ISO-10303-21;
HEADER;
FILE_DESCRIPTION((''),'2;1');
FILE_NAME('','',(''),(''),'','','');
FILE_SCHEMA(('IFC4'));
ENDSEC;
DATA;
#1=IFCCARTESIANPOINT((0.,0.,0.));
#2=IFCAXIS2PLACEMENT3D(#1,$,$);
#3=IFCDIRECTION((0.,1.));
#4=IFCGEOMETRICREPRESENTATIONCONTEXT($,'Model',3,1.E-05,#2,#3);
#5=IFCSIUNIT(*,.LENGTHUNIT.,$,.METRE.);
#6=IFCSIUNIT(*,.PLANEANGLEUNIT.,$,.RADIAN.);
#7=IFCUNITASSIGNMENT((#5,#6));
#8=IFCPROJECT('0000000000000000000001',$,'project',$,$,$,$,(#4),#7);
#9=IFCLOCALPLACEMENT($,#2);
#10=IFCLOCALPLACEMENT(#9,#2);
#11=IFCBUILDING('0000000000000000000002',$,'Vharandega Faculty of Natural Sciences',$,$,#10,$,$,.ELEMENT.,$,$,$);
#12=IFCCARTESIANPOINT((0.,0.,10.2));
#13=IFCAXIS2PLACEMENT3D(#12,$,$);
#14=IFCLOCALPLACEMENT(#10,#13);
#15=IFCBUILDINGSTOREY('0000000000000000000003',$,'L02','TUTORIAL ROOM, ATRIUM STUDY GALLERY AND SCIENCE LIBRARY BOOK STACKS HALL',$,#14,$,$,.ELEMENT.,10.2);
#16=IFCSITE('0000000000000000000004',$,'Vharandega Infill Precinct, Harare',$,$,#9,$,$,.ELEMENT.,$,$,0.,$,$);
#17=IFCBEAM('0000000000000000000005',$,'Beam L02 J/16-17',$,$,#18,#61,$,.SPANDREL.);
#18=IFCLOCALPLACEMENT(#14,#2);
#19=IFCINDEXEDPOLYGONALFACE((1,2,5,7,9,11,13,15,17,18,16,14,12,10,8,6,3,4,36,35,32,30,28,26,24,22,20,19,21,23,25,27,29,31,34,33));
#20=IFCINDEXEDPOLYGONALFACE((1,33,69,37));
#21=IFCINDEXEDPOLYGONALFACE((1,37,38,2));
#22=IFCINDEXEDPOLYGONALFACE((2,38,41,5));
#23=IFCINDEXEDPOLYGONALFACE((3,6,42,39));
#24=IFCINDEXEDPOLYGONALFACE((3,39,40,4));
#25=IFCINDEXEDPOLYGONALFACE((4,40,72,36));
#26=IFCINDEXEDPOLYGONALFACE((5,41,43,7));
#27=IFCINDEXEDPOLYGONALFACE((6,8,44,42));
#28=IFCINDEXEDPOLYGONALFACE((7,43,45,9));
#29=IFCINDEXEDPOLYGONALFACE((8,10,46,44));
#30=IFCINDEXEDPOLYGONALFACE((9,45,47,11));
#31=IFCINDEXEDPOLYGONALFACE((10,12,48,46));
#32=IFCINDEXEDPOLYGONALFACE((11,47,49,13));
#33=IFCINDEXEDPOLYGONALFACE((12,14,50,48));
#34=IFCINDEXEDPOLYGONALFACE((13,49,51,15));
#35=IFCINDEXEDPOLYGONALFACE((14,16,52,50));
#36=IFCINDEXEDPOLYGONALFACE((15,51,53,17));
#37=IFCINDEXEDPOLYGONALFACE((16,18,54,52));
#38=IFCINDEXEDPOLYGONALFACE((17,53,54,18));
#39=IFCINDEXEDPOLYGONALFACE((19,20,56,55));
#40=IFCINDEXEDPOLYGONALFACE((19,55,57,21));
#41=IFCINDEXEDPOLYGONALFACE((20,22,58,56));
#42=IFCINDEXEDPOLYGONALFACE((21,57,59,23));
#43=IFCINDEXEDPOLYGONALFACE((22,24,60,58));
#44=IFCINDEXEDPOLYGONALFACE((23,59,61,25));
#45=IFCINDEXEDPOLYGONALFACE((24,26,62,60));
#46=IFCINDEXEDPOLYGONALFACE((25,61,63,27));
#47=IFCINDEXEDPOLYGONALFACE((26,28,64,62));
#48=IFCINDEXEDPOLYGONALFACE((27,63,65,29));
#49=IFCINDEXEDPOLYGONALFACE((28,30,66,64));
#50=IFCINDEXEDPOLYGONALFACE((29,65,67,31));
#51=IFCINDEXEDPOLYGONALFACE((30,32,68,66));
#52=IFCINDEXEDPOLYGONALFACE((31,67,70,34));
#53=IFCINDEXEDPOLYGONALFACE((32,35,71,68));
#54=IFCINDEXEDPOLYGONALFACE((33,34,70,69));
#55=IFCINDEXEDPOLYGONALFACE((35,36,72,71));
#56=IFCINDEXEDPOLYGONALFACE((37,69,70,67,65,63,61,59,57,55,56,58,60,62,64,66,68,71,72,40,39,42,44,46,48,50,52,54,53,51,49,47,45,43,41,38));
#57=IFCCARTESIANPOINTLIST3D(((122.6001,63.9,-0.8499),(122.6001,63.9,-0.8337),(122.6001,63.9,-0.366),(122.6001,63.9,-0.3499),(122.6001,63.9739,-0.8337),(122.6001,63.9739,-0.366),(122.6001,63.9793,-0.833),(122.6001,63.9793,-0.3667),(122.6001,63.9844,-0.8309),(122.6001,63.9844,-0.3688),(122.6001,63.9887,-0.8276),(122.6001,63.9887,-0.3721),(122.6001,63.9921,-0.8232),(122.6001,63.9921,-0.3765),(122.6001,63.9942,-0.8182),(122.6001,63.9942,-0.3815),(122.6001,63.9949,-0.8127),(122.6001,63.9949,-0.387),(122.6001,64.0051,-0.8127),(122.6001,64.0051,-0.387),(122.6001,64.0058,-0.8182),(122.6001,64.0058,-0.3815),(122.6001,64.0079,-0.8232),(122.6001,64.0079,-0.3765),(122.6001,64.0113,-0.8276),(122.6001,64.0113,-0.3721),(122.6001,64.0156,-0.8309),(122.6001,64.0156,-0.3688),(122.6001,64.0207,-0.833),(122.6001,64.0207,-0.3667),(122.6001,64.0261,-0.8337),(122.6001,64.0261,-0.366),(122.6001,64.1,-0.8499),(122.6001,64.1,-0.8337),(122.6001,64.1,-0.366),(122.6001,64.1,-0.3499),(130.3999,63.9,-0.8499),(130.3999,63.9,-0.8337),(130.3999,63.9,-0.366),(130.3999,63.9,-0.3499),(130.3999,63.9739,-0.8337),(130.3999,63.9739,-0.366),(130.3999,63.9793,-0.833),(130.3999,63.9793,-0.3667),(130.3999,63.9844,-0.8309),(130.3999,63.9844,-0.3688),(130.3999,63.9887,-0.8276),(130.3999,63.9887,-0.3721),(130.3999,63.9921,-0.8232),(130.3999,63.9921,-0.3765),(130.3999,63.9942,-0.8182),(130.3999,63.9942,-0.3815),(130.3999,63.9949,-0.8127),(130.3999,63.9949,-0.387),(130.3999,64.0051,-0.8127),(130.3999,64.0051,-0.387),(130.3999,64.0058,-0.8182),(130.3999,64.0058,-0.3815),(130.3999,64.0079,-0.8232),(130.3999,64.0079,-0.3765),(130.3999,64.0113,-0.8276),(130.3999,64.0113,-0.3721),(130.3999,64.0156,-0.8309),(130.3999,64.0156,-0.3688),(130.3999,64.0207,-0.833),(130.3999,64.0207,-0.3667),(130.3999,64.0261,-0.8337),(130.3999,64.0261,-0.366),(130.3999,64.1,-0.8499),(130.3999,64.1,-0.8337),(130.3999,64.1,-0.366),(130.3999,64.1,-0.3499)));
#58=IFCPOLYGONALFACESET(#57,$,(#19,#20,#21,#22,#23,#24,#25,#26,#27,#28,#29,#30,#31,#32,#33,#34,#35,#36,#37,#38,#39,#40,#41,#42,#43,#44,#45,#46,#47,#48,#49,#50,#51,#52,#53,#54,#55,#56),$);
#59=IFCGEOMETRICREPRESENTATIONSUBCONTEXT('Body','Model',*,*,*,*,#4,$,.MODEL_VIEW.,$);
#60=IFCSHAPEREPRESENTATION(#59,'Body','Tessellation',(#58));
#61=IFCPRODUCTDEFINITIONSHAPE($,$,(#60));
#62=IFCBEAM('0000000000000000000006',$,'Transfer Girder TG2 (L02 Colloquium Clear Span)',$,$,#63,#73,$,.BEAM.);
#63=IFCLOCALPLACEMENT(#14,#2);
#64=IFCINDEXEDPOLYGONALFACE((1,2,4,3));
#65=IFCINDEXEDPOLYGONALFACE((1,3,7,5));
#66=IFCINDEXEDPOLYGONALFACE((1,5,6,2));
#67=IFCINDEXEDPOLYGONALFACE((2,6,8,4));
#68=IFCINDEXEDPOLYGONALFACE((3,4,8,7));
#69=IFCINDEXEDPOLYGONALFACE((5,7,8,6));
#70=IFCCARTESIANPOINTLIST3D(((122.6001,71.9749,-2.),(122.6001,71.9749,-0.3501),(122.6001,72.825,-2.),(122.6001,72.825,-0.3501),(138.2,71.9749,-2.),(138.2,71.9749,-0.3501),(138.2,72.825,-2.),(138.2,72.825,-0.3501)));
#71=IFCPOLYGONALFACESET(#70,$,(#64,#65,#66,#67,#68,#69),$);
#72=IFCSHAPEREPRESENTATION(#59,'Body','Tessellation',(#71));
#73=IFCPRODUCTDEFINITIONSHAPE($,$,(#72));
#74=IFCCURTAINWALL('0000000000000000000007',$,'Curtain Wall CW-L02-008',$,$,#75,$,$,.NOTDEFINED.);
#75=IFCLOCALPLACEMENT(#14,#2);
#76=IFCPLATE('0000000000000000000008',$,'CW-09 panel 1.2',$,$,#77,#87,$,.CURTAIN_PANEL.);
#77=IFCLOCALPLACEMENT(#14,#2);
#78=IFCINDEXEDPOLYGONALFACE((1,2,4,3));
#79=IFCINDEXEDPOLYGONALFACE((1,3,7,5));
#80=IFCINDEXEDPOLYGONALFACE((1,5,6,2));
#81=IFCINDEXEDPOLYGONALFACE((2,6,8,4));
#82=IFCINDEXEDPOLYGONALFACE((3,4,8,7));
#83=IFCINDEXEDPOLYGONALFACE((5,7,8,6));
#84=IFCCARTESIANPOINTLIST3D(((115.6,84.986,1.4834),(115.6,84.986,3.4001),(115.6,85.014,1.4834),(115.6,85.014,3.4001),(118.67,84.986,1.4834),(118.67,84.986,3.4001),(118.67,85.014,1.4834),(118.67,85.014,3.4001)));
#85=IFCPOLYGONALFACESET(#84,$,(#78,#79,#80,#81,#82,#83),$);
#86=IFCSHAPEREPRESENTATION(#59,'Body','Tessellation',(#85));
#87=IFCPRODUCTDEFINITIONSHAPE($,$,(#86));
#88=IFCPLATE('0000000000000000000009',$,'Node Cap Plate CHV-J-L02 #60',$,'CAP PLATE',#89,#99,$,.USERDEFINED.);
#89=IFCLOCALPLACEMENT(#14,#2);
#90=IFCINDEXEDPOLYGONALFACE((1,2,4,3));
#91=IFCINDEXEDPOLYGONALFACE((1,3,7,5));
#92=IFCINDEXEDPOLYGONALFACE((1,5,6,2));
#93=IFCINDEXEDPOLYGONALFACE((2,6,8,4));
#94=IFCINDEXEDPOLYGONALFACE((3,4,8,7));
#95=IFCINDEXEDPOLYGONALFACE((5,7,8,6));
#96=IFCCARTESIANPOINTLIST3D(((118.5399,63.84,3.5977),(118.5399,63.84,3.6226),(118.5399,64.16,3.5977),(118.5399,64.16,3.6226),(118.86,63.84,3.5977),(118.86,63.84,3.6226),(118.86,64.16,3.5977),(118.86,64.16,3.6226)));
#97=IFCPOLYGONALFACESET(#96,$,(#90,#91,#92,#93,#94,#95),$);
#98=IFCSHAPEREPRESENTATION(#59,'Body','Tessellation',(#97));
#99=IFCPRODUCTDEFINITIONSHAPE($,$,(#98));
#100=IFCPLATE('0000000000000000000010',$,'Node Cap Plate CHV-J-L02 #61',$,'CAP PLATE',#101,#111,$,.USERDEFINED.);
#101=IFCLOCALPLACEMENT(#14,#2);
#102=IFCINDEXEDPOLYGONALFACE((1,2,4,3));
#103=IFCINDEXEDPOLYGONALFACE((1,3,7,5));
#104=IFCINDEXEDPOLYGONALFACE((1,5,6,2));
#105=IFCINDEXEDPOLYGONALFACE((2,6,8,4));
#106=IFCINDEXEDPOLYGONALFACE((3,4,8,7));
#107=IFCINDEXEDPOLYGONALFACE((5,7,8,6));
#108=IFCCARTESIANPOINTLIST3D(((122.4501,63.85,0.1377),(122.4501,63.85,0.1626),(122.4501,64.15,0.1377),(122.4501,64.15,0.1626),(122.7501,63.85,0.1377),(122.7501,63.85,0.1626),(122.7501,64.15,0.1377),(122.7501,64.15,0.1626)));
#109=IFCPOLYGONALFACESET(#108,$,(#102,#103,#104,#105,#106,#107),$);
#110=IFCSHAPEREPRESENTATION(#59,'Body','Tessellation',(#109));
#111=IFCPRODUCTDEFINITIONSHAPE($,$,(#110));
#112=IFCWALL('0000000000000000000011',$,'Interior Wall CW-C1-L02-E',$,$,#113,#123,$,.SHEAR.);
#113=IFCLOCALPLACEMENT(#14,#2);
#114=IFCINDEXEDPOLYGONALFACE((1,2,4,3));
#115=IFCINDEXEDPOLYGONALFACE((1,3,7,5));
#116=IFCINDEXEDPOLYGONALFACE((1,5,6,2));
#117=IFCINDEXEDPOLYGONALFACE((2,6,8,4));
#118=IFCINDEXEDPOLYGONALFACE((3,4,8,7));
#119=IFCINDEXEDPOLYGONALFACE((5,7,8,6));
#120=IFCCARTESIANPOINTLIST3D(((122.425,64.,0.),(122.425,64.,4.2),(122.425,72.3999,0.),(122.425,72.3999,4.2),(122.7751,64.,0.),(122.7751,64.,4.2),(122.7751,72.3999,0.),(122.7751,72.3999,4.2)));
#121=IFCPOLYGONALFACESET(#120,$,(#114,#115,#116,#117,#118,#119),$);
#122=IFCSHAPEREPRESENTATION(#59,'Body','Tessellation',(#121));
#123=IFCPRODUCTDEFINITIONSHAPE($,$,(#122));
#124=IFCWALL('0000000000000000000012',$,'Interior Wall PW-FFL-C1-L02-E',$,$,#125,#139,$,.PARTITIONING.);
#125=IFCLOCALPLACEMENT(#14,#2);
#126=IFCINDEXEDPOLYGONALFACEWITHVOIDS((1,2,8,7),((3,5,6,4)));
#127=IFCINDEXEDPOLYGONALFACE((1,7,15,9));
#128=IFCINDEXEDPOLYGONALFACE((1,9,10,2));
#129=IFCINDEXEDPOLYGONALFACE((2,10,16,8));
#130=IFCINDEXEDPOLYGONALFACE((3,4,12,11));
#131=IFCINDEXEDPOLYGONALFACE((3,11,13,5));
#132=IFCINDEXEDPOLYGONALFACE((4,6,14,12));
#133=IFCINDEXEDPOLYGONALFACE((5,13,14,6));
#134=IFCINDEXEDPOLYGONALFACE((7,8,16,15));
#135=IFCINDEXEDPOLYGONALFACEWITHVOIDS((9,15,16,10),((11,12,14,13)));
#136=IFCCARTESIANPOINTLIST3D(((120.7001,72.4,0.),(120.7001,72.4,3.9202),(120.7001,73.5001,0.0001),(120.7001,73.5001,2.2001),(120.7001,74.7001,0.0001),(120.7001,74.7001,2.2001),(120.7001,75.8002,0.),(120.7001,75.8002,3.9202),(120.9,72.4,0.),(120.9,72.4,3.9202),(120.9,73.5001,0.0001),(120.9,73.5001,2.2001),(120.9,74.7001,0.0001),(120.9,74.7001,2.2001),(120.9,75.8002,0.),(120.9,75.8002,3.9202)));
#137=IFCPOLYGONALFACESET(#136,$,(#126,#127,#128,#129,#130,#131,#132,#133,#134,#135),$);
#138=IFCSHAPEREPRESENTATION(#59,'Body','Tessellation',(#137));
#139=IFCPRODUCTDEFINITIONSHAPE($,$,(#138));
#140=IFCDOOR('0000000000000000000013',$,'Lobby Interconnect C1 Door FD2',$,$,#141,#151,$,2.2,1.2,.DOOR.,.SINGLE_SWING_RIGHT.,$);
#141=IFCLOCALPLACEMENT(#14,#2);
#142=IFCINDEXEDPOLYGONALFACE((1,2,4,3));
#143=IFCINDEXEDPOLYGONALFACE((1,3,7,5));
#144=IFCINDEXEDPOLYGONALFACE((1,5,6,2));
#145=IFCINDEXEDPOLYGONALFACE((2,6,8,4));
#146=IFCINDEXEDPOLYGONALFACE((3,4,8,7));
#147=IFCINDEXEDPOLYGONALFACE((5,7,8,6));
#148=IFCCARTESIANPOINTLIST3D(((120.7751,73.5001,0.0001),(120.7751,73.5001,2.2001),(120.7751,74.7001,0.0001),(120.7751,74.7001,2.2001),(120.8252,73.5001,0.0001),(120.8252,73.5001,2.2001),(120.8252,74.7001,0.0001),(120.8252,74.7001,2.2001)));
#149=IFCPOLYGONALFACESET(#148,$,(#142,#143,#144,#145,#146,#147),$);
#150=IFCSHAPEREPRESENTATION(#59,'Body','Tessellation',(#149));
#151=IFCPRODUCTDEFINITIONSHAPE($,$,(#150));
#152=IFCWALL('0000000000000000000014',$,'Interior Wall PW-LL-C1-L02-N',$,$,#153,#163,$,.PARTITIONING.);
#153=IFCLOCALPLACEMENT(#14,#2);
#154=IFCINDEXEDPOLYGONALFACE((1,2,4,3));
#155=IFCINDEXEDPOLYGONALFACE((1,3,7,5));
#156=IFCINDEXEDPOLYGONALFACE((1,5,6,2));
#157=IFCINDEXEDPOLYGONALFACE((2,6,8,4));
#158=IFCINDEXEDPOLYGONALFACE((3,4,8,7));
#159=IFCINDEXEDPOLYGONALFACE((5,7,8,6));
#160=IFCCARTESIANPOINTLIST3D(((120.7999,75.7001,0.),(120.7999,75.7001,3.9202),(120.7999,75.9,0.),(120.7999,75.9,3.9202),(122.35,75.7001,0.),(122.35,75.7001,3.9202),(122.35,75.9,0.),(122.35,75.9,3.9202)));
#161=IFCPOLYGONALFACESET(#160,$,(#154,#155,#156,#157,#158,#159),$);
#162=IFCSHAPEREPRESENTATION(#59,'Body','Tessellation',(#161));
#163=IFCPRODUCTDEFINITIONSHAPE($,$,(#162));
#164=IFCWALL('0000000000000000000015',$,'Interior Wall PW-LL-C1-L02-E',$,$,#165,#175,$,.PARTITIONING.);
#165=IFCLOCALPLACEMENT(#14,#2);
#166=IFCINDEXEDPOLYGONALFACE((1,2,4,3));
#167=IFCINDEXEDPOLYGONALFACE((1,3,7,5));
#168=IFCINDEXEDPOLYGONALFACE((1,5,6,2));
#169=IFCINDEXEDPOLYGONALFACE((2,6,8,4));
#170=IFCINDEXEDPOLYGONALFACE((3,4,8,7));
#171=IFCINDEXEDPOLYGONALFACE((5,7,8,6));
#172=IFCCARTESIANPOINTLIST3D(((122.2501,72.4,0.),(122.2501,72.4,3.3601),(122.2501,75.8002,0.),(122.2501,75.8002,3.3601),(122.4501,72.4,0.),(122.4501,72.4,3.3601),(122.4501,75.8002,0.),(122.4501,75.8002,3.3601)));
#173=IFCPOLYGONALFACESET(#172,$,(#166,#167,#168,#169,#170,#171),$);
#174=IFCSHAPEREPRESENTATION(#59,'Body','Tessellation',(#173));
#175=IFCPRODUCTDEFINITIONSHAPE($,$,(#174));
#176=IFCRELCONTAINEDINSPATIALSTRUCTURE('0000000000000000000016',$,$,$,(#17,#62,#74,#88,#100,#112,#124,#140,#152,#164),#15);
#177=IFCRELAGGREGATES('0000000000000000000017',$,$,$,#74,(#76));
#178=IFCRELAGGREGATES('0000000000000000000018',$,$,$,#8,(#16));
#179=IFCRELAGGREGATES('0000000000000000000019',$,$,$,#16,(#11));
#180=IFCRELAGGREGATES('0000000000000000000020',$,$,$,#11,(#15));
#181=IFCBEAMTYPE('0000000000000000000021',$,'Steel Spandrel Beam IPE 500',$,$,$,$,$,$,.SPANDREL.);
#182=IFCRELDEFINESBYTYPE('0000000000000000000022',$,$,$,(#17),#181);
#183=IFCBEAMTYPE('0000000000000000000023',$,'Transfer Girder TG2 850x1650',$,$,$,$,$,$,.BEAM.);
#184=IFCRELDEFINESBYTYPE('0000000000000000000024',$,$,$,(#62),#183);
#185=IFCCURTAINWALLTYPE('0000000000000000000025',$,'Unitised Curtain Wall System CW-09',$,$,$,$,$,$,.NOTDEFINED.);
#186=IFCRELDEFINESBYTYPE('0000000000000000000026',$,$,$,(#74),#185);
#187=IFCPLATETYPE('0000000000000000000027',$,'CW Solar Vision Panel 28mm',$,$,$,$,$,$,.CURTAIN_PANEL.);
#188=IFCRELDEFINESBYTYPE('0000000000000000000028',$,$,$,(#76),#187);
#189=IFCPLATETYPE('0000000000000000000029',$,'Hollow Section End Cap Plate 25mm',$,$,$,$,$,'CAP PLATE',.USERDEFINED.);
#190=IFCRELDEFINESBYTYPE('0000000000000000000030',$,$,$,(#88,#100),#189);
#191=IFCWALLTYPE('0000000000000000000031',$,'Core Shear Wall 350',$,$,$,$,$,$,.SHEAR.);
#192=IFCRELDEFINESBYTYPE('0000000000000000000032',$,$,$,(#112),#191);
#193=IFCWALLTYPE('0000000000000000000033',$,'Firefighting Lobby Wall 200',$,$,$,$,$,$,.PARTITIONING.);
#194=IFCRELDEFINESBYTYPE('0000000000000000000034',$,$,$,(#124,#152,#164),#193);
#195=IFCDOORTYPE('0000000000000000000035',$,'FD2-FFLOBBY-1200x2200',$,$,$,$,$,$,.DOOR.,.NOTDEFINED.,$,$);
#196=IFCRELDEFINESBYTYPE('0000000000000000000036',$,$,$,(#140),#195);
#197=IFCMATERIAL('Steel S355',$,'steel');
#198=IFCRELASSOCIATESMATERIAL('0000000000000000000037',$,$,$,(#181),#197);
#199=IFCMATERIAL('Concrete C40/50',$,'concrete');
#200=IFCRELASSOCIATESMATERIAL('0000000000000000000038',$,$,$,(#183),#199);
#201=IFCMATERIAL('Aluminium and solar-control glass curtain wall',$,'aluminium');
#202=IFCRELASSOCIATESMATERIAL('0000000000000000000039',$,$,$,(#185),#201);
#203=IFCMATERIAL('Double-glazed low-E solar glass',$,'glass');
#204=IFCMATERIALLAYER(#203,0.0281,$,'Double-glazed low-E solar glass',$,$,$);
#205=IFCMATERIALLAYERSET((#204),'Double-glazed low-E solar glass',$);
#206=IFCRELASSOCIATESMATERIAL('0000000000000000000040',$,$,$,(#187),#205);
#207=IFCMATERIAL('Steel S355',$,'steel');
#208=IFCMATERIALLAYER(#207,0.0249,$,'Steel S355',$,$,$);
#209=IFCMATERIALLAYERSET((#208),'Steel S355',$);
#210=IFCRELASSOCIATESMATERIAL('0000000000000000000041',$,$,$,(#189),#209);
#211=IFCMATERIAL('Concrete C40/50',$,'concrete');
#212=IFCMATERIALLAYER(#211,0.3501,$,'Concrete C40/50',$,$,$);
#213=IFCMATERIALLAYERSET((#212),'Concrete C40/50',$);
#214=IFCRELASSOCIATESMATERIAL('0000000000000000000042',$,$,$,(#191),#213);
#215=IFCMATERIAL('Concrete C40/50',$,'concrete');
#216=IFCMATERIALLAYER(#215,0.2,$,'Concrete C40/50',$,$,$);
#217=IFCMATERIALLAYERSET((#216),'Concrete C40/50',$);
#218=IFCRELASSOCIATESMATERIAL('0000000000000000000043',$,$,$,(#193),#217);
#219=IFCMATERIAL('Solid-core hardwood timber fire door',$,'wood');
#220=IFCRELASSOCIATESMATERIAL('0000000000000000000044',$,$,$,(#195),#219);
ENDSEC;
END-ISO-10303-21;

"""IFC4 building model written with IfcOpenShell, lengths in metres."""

from ifc_helpers import new_model, si_unit, direction, frame, frame_2d, origin, origin_2d, place, context, subcontext, project, spatial, rectangle, i_section, extrude, material, layer, layer_set, material_profile, profile_set, type_object, element, fill, aggregate, save


model = new_model("IFC4")

# Units and contexts
model_context = context("Model", 3, precision=1e-05, world=origin(), true_north=direction((0.0, 1.0)))
body_context = subcontext(model_context, "Body", "Model", "MODEL_VIEW")
ifc_project = project(units=[si_unit("LENGTHUNIT", "METRE"), si_unit("PLANEANGLEUNIT", "RADIAN")], contexts=[model_context])

# Site, building, storey
site_placement = place(None, origin())
site = spatial("IfcSite", under=ifc_project, at=site_placement, Name="Vharandega Infill Precinct, Harare", CompositionType="ELEMENT", RefElevation=0.0)
building_placement = place(site_placement, origin())
building = spatial("IfcBuilding", under=site, at=building_placement, Name="Vharandega Faculty of Natural Sciences", CompositionType="ELEMENT")
storey_placement = place(building_placement, frame((0.0, 0.0, 10.2)))
storey = spatial("IfcBuildingStorey", under=building, at=storey_placement, Name="L02", Description="TUTORIAL ROOM, ATRIUM STUDY GALLERY AND SCIENCE LIBRARY BOOK STACKS HALL", CompositionType="ELEMENT", Elevation=10.2)

# Beams
ifc_material_1 = material(Name="Steel S355", Category="steel")
ifc_material_profile_1 = material_profile(ifc_material_1, i_section(OverallWidth=0.2, OverallDepth=0.5, WebThickness=0.0103, FlangeThickness=0.0161, FilletRadius=0.021, at=origin_2d()), Name="IPE 500")
ifc_profile_set_1 = profile_set([ifc_material_profile_1], Name="Steel S355")
beam_type_1 = type_object("IfcBeamType", Name="Steel Spandrel Beam IPE 500", PredefinedType="SPANDREL", material=ifc_profile_set_1)
beam_1_placement = place(storey_placement, frame((122.6001, 64.0, -0.5999), z_axis=(1.0, 0.0, 0.0), x_axis=(0.0, 1.0, 0.0)))
element("IfcBeam", 1, at=beam_1_placement, inside=storey, type_object=beam_type_1, Name="Beam L02 J/16-17", PredefinedType="SPANDREL", context=body_context, shape_type="SweptSolid", body=[
    extrude(i_section(OverallWidth=0.2, OverallDepth=0.5, WebThickness=0.0103, FlangeThickness=0.0161, FilletRadius=0.021, at=origin_2d()), origin(), (0.0, 0.0, 1.0), 7.7998),
])
ifc_material_2 = material(Name="Concrete C40/50", Category="concrete")
ifc_material_profile_2 = material_profile(ifc_material_2, rectangle(XDim=0.8501, YDim=1.6499, at=origin_2d()), Name="RC 850x1650")
ifc_profile_set_2 = profile_set([ifc_material_profile_2], Name="Concrete C40/50")
beam_type_2 = type_object("IfcBeamType", Name="Transfer Girder TG2 850x1650", PredefinedType="BEAM", material=ifc_profile_set_2)
beam_2_placement = place(storey_placement, frame((122.6001, 72.3999, -1.175), z_axis=(1.0, 0.0, 0.0), x_axis=(0.0, 1.0, 0.0)))
element("IfcBeam", 2, at=beam_2_placement, inside=storey, type_object=beam_type_2, Name="Transfer Girder TG2 (L02 Colloquium Clear Span)", PredefinedType="BEAM", context=body_context, shape_type="SweptSolid", body=[
    extrude(rectangle(XDim=0.8501, YDim=1.6499, at=origin_2d()), origin(), (0.0, 0.0, 1.0), 15.5999),
])

# Curtain wall, plate
ifc_material_3 = material(Name="Aluminium and solar-control glass curtain wall", Category="aluminium")
curtain_wall_type = type_object("IfcCurtainWallType", Name="Unitised Curtain Wall System CW-09", PredefinedType="NOTDEFINED", material=ifc_material_3)
curtain_wall_placement = place(storey_placement, origin())
curtain_wall = element("IfcCurtainWall", 3, at=curtain_wall_placement, inside=storey, type_object=curtain_wall_type, Name="Curtain Wall CW-L02-008", PredefinedType="NOTDEFINED")
ifc_material_4 = material(Name="Double-glazed low-E solar glass", Category="glass")
ifc_layer_1 = layer(ifc_material_4, 0.0281, Name="Double-glazed low-E solar glass")
ifc_layer_set_1 = layer_set([ifc_layer_1], Name="Double-glazed low-E solar glass")
plate_type_1 = type_object("IfcPlateType", Name="CW Solar Vision Panel 28mm", PredefinedType="CURTAIN_PANEL", material=ifc_layer_set_1)
plate_1_placement = place(storey_placement, frame((117.135, 85.0, 1.4834), z_axis=(0.0, 0.0, 1.0), x_axis=(1.0, 0.0, 0.0)))
plate_1 = element("IfcPlate", 4, at=plate_1_placement, type_object=plate_type_1, Name="CW-09 panel 1.2", PredefinedType="CURTAIN_PANEL", context=body_context, shape_type="SweptSolid", body=[
    extrude(rectangle(XDim=3.0701, YDim=0.0281, at=origin_2d()), origin(), (0.0, 0.0, 1.0), 1.9167),
])
aggregate(curtain_wall, [plate_1])

# Plates
ifc_material_5 = material(Name="Steel S355", Category="steel")
ifc_layer_2 = layer(ifc_material_5, 0.0249, Name="Steel S355")
ifc_layer_set_2 = layer_set([ifc_layer_2], Name="Steel S355")
plate_type_2 = type_object("IfcPlateType", Name="Hollow Section End Cap Plate 25mm", ElementType="CAP PLATE", PredefinedType="USERDEFINED", material=ifc_layer_set_2)
plate_2_placement = place(storey_placement, frame((118.7, 64.0, 3.5977), z_axis=(0.0, 0.0, 1.0), x_axis=(1.0, 0.0, 0.0)))
element("IfcPlate", 5, at=plate_2_placement, inside=storey, type_object=plate_type_2, Name="Node Cap Plate CHV-J-L02 #60", ObjectType="CAP PLATE", PredefinedType="USERDEFINED", context=body_context, shape_type="SweptSolid", body=[
    extrude(rectangle(XDim=0.3201, YDim=0.3201, at=origin_2d()), origin(), (0.0, 0.0, 1.0), 0.0249),
])
plate_3_placement = place(storey_placement, frame((122.6001, 64.0, 0.1377), z_axis=(0.0, 0.0, 1.0), x_axis=(1.0, 0.0, 0.0)))
element("IfcPlate", 6, at=plate_3_placement, inside=storey, type_object=plate_type_2, Name="Node Cap Plate CHV-J-L02 #61", ObjectType="CAP PLATE", PredefinedType="USERDEFINED", context=body_context, shape_type="SweptSolid", body=[
    extrude(rectangle(XDim=0.3, YDim=0.3, at=origin_2d()), origin(), (0.0, 0.0, 1.0), 0.0249),
])

# Wall
ifc_material_6 = material(Name="Concrete C40/50", Category="concrete")
ifc_layer_3 = layer(ifc_material_6, 0.3501, Name="Concrete C40/50")
ifc_layer_set_3 = layer_set([ifc_layer_3], Name="Concrete C40/50")
wall_type_1 = type_object("IfcWallType", Name="Core Shear Wall 350", PredefinedType="SHEAR", material=ifc_layer_set_3)
wall_1_placement = place(storey_placement, frame((122.6001, 64.0, 0.0), z_axis=(0.0, 0.0, 1.0), x_axis=(0.0, 1.0, 0.0)))
element("IfcWall", 7, at=wall_1_placement, inside=storey, type_object=wall_type_1, Name="Interior Wall CW-C1-L02-E", PredefinedType="SHEAR", context=body_context, shape_type="SweptSolid", body=[
    extrude(rectangle(XDim=8.3999, YDim=0.3501, at=frame_2d((4.2, 0.0))), origin(), (0.0, 0.0, 1.0), 4.2),
])

# Wall, opening, door
ifc_material_7 = material(Name="Concrete C40/50", Category="concrete")
ifc_layer_4 = layer(ifc_material_7, 0.2, Name="Concrete C40/50")
ifc_layer_set_4 = layer_set([ifc_layer_4], Name="Concrete C40/50")
wall_type_2 = type_object("IfcWallType", Name="Firefighting Lobby Wall 200", PredefinedType="PARTITIONING", material=ifc_layer_set_4)
wall_2_placement = place(storey_placement, frame((120.8, 72.3999, 0.0), z_axis=(0.0, 0.0, 1.0), x_axis=(0.0, 1.0, 0.0)))
wall_2 = element("IfcWall", 8, at=wall_2_placement, inside=storey, type_object=wall_type_2, Name="Interior Wall PW-FFL-C1-L02-E", PredefinedType="PARTITIONING", context=body_context, shape_type="SweptSolid", body=[
    extrude(rectangle(XDim=3.4001, YDim=0.2, at=frame_2d((1.7002, 0.0))), origin(), (0.0, 0.0, 1.0), 3.9202),
])
opening_1_placement = place(wall_2_placement, frame((1.1001, 0.0, 0.0)))
opening_1 = element("IfcOpeningElement", 9, at=opening_1_placement, cuts=wall_2, PredefinedType="OPENING", context=body_context, shape_type="SweptSolid", body=[
    extrude(rectangle(XDim=1.2, YDim=2.2, at=frame_2d((0.6001, 1.1001))), frame((0.0, 0.1099, 0.0), z_axis=(0.0, -1.0, 0.0), x_axis=(1.0, 0.0, 0.0)), (0.0, 0.0, 1.0), 0.22),
])
ifc_material_8 = material(Name="Solid-core hardwood timber fire door", Category="wood")
door_type_1 = type_object("IfcDoorType", Name="FD2-FFLOBBY-1200x2200", OperationType="NOTDEFINED", PredefinedType="DOOR", material=ifc_material_8)
door_1_placement = place(opening_1_placement, origin())
door_1 = element("IfcDoor", 10, at=door_1_placement, inside=storey, type_object=door_type_1, Name="Lobby Interconnect C1 Door FD2", OperationType="SINGLE_SWING_RIGHT", OverallHeight=2.2, OverallWidth=1.2, PredefinedType="DOOR", context=body_context, shape_type="SweptSolid", body=[
    extrude(rectangle(XDim=1.2, YDim=2.2, at=frame_2d((0.6001, 1.1001))), frame((0.0, 0.0249, 0.0), z_axis=(0.0, -1.0, 0.0), x_axis=(1.0, 0.0, 0.0)), (0.0, 0.0, 1.0), 0.05),
])
fill(opening_1, door_1)

# Walls
wall_3_placement = place(storey_placement, frame((120.8, 75.8, 0.0), z_axis=(0.0, 0.0, 1.0), x_axis=(1.0, 0.0, 0.0)))
element("IfcWall", 11, at=wall_3_placement, inside=storey, type_object=wall_type_2, Name="Interior Wall PW-LL-C1-L02-N", PredefinedType="PARTITIONING", context=body_context, shape_type="SweptSolid", body=[
    extrude(rectangle(XDim=1.55, YDim=0.2, at=frame_2d((0.7749, 0.0))), origin(), (0.0, 0.0, 1.0), 3.9202),
])
wall_4_placement = place(storey_placement, frame((122.3501, 72.3999, 0.0), z_axis=(0.0, 0.0, 1.0), x_axis=(0.0, 1.0, 0.0)))
element("IfcWall", 12, at=wall_4_placement, inside=storey, type_object=wall_type_2, Name="Interior Wall PW-LL-C1-L02-E", PredefinedType="PARTITIONING", context=body_context, shape_type="SweptSolid", body=[
    extrude(rectangle(XDim=3.4001, YDim=0.2, at=frame_2d((1.7002, 0.0))), origin(), (0.0, 0.0, 1.0), 3.3601),
])

save(model, "model.ifc")
